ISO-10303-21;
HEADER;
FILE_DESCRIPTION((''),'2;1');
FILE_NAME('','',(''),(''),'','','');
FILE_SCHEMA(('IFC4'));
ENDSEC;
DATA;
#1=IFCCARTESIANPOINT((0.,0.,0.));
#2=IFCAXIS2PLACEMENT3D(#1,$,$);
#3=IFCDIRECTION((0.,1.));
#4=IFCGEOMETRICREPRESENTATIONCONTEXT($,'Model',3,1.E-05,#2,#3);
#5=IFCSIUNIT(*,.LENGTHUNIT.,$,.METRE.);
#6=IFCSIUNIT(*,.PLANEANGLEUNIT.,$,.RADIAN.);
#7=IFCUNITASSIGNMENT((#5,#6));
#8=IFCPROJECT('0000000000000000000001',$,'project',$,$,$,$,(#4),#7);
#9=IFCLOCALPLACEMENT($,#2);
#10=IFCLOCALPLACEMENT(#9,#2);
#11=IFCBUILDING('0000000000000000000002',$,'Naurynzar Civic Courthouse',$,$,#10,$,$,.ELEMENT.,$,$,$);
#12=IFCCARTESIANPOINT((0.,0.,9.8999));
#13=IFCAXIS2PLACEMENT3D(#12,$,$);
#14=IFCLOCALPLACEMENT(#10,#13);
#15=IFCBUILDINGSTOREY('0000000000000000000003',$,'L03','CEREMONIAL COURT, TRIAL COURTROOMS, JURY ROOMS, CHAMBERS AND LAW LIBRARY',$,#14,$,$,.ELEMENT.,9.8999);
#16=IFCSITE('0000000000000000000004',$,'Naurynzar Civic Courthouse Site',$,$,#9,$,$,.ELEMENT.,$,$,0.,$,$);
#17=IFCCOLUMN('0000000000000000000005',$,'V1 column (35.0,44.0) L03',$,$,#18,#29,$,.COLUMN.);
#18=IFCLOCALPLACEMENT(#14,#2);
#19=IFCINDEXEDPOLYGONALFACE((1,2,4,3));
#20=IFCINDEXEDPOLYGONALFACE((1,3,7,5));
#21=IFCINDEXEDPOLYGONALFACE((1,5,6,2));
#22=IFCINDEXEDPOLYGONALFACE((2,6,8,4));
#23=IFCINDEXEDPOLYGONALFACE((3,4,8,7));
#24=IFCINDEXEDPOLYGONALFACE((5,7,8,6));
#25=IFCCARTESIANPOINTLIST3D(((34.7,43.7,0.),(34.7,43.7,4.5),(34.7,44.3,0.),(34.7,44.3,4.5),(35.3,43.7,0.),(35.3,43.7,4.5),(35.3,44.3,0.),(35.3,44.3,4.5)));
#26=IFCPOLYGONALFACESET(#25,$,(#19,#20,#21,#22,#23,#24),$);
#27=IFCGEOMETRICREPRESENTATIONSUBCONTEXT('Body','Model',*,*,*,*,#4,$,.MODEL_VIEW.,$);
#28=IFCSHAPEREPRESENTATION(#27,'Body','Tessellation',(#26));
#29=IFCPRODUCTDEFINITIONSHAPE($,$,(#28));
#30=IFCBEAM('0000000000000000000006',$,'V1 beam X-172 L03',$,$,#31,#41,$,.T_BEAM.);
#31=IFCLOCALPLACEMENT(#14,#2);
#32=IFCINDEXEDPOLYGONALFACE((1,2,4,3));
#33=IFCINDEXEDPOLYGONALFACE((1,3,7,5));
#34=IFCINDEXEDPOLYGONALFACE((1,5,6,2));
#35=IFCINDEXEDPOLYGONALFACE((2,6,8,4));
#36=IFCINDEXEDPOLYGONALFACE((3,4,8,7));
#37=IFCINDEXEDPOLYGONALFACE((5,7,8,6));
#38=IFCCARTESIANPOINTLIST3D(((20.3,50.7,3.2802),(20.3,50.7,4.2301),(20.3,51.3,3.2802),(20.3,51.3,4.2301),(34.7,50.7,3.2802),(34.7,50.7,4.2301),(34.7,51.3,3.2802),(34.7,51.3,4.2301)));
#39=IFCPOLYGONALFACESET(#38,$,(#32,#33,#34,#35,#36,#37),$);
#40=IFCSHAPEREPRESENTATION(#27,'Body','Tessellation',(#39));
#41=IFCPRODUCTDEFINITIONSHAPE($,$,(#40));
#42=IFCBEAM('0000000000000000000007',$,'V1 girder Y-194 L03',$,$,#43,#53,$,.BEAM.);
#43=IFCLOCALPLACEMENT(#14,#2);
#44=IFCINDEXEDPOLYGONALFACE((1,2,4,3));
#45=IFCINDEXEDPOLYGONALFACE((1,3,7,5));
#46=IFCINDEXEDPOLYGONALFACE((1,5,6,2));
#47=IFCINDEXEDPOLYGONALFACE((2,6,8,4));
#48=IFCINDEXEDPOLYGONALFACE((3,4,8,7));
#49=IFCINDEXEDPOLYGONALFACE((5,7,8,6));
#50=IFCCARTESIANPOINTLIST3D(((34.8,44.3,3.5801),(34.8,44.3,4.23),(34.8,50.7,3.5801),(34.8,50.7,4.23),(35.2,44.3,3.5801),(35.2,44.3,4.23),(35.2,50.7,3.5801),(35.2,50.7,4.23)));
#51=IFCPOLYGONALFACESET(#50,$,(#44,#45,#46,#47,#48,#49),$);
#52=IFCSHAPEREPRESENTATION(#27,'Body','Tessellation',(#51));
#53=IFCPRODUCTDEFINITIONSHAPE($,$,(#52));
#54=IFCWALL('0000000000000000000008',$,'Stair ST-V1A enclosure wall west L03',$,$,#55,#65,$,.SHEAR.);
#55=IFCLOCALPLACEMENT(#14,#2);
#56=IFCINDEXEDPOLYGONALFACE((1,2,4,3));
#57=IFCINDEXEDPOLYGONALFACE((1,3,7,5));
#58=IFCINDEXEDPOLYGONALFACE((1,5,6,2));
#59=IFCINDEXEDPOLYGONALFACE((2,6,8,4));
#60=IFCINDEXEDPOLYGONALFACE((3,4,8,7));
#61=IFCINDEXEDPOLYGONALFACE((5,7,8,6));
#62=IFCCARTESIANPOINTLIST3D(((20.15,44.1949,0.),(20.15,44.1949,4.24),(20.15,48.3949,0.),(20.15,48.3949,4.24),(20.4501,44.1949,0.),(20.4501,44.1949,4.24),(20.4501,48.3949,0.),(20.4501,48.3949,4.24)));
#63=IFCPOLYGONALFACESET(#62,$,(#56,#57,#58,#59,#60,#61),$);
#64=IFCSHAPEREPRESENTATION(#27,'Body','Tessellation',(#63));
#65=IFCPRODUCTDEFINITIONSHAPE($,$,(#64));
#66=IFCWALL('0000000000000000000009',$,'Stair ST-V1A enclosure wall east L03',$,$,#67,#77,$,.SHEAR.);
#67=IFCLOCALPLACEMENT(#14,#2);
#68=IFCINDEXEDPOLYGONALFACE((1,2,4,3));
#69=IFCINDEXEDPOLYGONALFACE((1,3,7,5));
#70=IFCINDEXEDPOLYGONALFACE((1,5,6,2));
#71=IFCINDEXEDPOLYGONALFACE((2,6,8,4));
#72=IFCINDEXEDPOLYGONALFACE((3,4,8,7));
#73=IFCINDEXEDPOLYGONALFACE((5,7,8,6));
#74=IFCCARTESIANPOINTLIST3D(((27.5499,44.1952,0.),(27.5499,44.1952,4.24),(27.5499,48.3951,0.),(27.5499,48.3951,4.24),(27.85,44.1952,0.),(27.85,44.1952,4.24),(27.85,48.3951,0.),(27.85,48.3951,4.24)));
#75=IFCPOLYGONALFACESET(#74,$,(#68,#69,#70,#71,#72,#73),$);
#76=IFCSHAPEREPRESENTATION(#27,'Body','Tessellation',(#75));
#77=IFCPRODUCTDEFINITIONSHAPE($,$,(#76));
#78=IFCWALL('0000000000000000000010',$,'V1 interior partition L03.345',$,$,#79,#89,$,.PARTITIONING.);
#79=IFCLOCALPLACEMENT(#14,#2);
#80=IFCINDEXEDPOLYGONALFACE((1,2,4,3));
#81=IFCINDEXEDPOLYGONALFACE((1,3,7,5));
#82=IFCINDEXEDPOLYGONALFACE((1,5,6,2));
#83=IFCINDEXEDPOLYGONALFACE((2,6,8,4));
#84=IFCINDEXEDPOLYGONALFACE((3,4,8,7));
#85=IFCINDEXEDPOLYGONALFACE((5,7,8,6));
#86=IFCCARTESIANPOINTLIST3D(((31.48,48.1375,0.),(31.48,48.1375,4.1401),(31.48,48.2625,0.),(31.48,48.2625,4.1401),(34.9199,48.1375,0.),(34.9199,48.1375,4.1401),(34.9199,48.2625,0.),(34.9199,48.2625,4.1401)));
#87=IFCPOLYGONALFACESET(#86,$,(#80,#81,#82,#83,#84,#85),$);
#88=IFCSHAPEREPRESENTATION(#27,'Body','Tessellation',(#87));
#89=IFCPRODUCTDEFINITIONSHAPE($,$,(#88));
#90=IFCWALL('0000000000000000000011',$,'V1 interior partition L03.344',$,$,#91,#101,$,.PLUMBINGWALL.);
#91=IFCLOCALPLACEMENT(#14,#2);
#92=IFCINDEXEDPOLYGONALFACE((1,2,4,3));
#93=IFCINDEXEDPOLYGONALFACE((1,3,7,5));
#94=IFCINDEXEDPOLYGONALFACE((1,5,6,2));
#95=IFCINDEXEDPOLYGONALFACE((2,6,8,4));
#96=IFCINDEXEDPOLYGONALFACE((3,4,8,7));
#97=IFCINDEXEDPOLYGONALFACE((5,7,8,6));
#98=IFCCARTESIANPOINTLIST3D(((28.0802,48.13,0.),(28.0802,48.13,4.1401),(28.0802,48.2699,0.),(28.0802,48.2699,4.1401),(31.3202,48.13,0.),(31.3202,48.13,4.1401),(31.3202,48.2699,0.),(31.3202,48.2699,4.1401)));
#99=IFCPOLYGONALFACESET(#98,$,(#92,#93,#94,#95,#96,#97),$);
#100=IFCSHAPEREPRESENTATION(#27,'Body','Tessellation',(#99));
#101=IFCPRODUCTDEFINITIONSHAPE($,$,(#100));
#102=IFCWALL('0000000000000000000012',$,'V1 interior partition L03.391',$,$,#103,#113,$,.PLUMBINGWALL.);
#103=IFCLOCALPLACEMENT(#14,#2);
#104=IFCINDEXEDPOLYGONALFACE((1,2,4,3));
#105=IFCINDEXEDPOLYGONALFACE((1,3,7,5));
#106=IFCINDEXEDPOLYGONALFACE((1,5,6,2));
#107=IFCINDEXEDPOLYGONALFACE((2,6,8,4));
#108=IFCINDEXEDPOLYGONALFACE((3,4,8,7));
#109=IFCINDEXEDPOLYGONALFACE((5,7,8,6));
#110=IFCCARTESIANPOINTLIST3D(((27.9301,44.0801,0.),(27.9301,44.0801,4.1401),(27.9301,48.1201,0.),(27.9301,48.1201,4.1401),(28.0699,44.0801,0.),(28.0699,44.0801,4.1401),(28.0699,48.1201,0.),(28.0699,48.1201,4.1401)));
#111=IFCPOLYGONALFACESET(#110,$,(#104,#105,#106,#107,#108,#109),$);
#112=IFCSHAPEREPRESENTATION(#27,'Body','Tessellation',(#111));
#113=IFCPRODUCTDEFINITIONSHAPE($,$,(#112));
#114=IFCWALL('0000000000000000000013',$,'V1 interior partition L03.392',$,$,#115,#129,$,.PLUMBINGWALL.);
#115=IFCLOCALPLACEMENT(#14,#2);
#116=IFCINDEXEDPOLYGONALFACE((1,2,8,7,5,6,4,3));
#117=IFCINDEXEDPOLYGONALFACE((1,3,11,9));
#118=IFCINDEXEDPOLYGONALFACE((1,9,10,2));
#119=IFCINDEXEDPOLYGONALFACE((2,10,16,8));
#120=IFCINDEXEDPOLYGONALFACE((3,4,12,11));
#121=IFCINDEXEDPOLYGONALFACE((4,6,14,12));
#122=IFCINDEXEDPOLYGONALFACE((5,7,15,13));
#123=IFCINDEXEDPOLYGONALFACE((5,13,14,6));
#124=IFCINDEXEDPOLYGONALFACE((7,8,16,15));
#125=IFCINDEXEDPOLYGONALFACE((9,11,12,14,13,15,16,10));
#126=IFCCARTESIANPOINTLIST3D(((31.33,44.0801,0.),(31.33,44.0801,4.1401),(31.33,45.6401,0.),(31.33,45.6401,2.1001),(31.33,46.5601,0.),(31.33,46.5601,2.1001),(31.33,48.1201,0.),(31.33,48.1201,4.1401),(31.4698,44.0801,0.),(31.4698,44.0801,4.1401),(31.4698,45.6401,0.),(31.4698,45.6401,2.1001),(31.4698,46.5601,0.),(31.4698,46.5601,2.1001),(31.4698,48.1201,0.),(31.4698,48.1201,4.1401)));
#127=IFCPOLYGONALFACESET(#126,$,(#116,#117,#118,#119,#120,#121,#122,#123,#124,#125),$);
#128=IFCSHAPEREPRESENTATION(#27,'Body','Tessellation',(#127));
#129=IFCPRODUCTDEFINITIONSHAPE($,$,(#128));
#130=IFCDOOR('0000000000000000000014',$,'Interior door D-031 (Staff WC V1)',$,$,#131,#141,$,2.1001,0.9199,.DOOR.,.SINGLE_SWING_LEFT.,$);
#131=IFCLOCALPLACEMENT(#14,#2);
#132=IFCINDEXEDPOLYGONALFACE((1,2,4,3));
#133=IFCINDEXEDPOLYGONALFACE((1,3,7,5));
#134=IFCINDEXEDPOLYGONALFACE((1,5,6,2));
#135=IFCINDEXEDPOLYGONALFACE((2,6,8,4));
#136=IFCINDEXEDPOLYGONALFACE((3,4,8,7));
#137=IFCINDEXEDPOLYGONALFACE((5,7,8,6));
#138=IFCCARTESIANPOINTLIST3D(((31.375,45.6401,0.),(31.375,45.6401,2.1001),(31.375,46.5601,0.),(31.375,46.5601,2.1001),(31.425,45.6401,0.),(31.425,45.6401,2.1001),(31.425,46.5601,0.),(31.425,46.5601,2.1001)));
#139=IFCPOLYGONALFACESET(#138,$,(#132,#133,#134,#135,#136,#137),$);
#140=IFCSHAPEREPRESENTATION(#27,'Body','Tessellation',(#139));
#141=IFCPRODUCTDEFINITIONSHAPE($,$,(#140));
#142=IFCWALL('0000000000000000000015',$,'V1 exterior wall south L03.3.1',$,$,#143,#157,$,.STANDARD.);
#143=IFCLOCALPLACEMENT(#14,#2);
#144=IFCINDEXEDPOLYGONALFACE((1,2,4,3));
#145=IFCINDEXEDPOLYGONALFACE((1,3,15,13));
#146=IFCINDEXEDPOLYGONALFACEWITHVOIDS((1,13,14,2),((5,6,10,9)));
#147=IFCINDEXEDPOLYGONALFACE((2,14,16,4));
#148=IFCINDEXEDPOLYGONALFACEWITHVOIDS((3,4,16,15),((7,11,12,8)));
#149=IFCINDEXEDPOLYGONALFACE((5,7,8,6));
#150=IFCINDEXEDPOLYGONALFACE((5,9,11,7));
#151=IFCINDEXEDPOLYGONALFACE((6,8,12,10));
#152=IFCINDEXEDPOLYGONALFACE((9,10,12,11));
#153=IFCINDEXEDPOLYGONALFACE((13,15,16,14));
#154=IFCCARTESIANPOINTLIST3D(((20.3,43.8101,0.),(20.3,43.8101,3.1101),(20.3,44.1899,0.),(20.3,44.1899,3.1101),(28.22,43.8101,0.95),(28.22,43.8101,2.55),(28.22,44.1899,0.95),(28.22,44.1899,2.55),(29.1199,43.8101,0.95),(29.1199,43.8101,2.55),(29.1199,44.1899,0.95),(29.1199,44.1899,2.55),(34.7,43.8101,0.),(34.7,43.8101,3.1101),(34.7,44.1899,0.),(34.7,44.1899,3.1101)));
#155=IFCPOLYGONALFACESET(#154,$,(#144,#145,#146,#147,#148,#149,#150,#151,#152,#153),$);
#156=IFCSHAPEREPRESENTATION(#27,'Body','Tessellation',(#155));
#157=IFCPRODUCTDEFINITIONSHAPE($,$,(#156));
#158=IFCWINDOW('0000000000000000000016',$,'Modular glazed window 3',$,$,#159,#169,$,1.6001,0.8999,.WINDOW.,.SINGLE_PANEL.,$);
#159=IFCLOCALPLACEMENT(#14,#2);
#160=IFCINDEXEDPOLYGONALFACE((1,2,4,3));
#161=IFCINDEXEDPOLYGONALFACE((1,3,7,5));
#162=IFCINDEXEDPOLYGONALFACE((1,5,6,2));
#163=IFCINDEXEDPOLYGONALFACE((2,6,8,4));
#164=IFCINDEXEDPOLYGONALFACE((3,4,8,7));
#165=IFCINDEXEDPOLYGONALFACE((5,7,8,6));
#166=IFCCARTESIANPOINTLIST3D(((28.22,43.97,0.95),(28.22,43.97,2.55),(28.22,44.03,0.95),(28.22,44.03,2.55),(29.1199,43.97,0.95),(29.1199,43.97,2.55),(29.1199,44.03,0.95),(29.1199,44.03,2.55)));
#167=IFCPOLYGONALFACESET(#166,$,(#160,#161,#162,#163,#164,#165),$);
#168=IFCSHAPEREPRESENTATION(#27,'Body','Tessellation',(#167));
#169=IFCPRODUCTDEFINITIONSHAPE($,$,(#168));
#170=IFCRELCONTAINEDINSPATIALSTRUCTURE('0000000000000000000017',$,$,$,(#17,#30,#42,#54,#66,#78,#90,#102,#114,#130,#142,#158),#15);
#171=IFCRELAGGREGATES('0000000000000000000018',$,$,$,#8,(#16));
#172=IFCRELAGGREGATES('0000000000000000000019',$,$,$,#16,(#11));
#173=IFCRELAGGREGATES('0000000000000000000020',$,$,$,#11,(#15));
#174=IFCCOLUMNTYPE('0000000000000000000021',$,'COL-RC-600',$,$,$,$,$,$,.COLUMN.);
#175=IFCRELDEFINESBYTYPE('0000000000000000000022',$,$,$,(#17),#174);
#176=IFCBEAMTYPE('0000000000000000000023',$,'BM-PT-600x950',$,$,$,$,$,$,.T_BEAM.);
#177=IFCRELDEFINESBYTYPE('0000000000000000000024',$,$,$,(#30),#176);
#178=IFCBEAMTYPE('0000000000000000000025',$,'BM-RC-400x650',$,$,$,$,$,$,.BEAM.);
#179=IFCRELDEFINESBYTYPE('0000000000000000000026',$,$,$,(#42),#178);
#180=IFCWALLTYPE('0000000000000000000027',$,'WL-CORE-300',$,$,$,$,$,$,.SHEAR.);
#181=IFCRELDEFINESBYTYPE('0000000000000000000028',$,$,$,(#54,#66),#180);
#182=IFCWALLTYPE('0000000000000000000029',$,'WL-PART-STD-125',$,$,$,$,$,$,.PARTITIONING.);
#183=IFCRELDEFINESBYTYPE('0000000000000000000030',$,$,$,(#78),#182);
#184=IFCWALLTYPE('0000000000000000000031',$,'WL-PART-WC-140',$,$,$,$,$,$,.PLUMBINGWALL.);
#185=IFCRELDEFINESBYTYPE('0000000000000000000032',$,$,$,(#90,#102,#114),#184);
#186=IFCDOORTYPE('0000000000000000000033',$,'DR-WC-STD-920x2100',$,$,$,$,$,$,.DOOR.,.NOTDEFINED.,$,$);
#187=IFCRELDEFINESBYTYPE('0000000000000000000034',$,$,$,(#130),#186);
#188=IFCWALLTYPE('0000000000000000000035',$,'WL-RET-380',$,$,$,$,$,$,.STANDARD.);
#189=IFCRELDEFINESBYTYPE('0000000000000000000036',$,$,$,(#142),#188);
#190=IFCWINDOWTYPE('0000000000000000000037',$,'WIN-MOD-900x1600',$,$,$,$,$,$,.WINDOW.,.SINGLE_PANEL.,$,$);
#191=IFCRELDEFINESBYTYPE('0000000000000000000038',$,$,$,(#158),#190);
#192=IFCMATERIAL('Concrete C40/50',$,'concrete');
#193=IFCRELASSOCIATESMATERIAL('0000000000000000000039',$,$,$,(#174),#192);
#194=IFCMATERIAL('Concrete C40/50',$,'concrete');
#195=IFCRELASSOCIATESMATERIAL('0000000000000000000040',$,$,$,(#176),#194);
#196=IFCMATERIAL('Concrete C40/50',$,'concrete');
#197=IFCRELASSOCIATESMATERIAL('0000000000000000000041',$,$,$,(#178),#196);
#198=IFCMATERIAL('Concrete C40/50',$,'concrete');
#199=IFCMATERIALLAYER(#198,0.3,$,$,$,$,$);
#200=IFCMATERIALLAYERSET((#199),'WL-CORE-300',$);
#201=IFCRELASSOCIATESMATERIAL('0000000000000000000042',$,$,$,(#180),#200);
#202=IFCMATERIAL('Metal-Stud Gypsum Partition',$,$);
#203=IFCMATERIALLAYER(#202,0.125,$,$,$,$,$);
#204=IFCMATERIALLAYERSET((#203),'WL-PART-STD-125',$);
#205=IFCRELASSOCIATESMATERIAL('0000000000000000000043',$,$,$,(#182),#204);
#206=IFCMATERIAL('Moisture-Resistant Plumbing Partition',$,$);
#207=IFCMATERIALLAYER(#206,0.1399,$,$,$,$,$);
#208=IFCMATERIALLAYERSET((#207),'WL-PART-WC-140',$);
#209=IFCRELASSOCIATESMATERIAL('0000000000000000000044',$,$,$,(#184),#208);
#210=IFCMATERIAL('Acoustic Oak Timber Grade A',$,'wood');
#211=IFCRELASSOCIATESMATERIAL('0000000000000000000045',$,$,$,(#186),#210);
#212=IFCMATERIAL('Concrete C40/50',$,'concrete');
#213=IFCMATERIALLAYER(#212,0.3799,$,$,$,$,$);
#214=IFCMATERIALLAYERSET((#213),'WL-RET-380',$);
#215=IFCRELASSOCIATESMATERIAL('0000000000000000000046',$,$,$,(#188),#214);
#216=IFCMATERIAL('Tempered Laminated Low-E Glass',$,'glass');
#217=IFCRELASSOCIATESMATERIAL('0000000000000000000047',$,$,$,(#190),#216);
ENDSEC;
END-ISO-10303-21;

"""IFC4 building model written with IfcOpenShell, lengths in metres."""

from ifc_helpers import new_model, si_unit, direction, frame, frame_2d, origin, origin_2d, place, context, subcontext, project, spatial, rectangle, extrude, material, layer, layer_set, material_profile, profile_set, type_object, element, fill, save


model = new_model("IFC4")

# Units and contexts
model_context = context("Model", 3, precision=1e-05, world=origin(), true_north=direction((0.0, 1.0)))
body_context = subcontext(model_context, "Body", "Model", "MODEL_VIEW")
ifc_project = project(units=[si_unit("LENGTHUNIT", "METRE"), si_unit("PLANEANGLEUNIT", "RADIAN")], contexts=[model_context])

# Site, building, storey
site_placement = place(None, origin())
site = spatial("IfcSite", under=ifc_project, at=site_placement, Name="Naurynzar Civic Courthouse Site", CompositionType="ELEMENT", RefElevation=0.0)
building_placement = place(site_placement, origin())
building = spatial("IfcBuilding", under=site, at=building_placement, Name="Naurynzar Civic Courthouse", CompositionType="ELEMENT")
storey_placement = place(building_placement, frame((0.0, 0.0, 9.8999)))
storey = spatial("IfcBuildingStorey", under=building, at=storey_placement, Name="L03", Description="CEREMONIAL COURT, TRIAL COURTROOMS, JURY ROOMS, CHAMBERS AND LAW LIBRARY", CompositionType="ELEMENT", Elevation=9.8999)

# Column
ifc_material_1 = material(Name="Concrete C40/50", Category="concrete")
ifc_material_profile_1 = material_profile(ifc_material_1, rectangle(XDim=0.6001, YDim=0.6001, at=origin_2d()), Name="RC 600x600")
ifc_profile_set_1 = profile_set([ifc_material_profile_1], Name="Concrete C40/50")
column_type = type_object("IfcColumnType", Name="COL-RC-600", PredefinedType="COLUMN", material=ifc_profile_set_1)
column_placement = place(storey_placement, frame((35.0, 44.0, 0.0), z_axis=(0.0, 0.0, 1.0), x_axis=(1.0, 0.0, 0.0)))
element("IfcColumn", 1, at=column_placement, inside=storey, type_object=column_type, Name="V1 column (35.0,44.0) L03", PredefinedType="COLUMN", context=body_context, shape_type="SweptSolid", body=[
    extrude(rectangle(XDim=0.6001, YDim=0.6001, at=origin_2d()), origin(), (0.0, 0.0, 1.0), 4.5),
])

# Beams
ifc_material_2 = material(Name="Concrete C40/50", Category="concrete")
ifc_material_profile_2 = material_profile(ifc_material_2, rectangle(XDim=0.6001, YDim=0.95, at=origin_2d()), Name="PTB 600x950")
ifc_profile_set_2 = profile_set([ifc_material_profile_2], Name="Concrete C40/50")
beam_type_1 = type_object("IfcBeamType", Name="BM-PT-600x950", PredefinedType="T_BEAM", material=ifc_profile_set_2)
beam_1_placement = place(storey_placement, frame((20.3, 51.0, 3.7551), z_axis=(1.0, 0.0, 0.0), x_axis=(0.0, 1.0, 0.0)))
element("IfcBeam", 2, at=beam_1_placement, inside=storey, type_object=beam_type_1, Name="V1 beam X-172 L03", PredefinedType="T_BEAM", context=body_context, shape_type="SweptSolid", body=[
    extrude(rectangle(XDim=0.6001, YDim=0.95, at=origin_2d()), origin(), (0.0, 0.0, 1.0), 14.3999),
])
ifc_material_3 = material(Name="Concrete C40/50", Category="concrete")
ifc_material_profile_3 = material_profile(ifc_material_3, rectangle(XDim=0.3999, YDim=0.6499, at=origin_2d()), Name="RCB 400x650")
ifc_profile_set_3 = profile_set([ifc_material_profile_3], Name="Concrete C40/50")
beam_type_2 = type_object("IfcBeamType", Name="BM-RC-400x650", PredefinedType="BEAM", material=ifc_profile_set_3)
beam_2_placement = place(storey_placement, frame((35.0, 44.3, 3.905), z_axis=(0.0, 1.0, 0.0), x_axis=(-1.0, 0.0, 0.0)))
element("IfcBeam", 3, at=beam_2_placement, inside=storey, type_object=beam_type_2, Name="V1 girder Y-194 L03", PredefinedType="BEAM", context=body_context, shape_type="SweptSolid", body=[
    extrude(rectangle(XDim=0.3999, YDim=0.6499, at=origin_2d()), origin(), (0.0, 0.0, 1.0), 6.3999),
])

# Shared definitions
ifc_material_4 = material(Name="Concrete C40/50", Category="concrete")
ifc_layer_1 = layer(ifc_material_4, 0.3)
ifc_layer_set_1 = layer_set([ifc_layer_1], Name="WL-CORE-300")
wall_type_1 = type_object("IfcWallType", Name="WL-CORE-300", PredefinedType="SHEAR", material=ifc_layer_set_1)

# Walls
for number, where, z_axis, x_axis, name in (
    (4, (20.3, 48.395, 0.0), (0.0, 0.0, 1.0), (0.0, -1.0, 0.0), "Stair ST-V1A enclosure wall west L03"),
    (5, (27.7, 44.1951, 0.0), (0.0, 0.0, 1.0), (0.0, 1.0, 0.0), "Stair ST-V1A enclosure wall east L03"),
):
    element("IfcWall", number, at=place(storey_placement, frame(where, z_axis=z_axis, x_axis=x_axis)), inside=storey, type_object=wall_type_1, Name=name, PredefinedType="SHEAR", context=body_context, shape_type="SweptSolid", body=[
        extrude(rectangle(XDim=4.2, YDim=0.3, at=frame_2d((2.1001, 0.0))), origin(), (0.0, 0.0, 1.0), 4.24),
    ])
ifc_material_5 = material(Name="Metal-Stud Gypsum Partition")
ifc_layer_2 = layer(ifc_material_5, 0.125)
ifc_layer_set_2 = layer_set([ifc_layer_2], Name="WL-PART-STD-125")
wall_type_2 = type_object("IfcWallType", Name="WL-PART-STD-125", PredefinedType="PARTITIONING", material=ifc_layer_set_2)
wall_1_placement = place(storey_placement, frame((31.48, 48.2, 0.0), z_axis=(0.0, 0.0, 1.0), x_axis=(1.0, 0.0, 0.0)))
element("IfcWall", 6, at=wall_1_placement, inside=storey, type_object=wall_type_2, Name="V1 interior partition L03.345", PredefinedType="PARTITIONING", context=body_context, shape_type="SweptSolid", body=[
    extrude(rectangle(XDim=3.4399, YDim=0.125, at=frame_2d((1.72, 0.0))), origin(), (0.0, 0.0, 1.0), 4.1401),
])

# Walls
ifc_material_6 = material(Name="Moisture-Resistant Plumbing Partition")
ifc_layer_3 = layer(ifc_material_6, 0.1399)
ifc_layer_set_3 = layer_set([ifc_layer_3], Name="WL-PART-WC-140")
wall_type_3 = type_object("IfcWallType", Name="WL-PART-WC-140", PredefinedType="PLUMBINGWALL", material=ifc_layer_set_3)
wall_2_placement = place(storey_placement, frame((28.0801, 48.2, 0.0), z_axis=(0.0, 0.0, 1.0), x_axis=(1.0, 0.0, 0.0)))
element("IfcWall", 7, at=wall_2_placement, inside=storey, type_object=wall_type_3, Name="V1 interior partition L03.344", PredefinedType="PLUMBINGWALL", context=body_context, shape_type="SweptSolid", body=[
    extrude(rectangle(XDim=3.24, YDim=0.1399, at=frame_2d((1.6201, 0.0))), origin(), (0.0, 0.0, 1.0), 4.1401),
])
wall_3_placement = place(storey_placement, frame((28.0, 44.0801, 0.0), z_axis=(0.0, 0.0, 1.0), x_axis=(0.0, 1.0, 0.0)))
element("IfcWall", 8, at=wall_3_placement, inside=storey, type_object=wall_type_3, Name="V1 interior partition L03.391", PredefinedType="PLUMBINGWALL", context=body_context, shape_type="SweptSolid", body=[
    extrude(rectangle(XDim=4.04, YDim=0.1399, at=frame_2d((2.02, 0.0))), origin(), (0.0, 0.0, 1.0), 4.1401),
])

# Wall, opening, door
wall_4_placement = place(storey_placement, frame((31.3999, 44.0801, 0.0), z_axis=(0.0, 0.0, 1.0), x_axis=(0.0, 1.0, 0.0)))
wall_4 = element("IfcWall", 9, at=wall_4_placement, inside=storey, type_object=wall_type_3, Name="V1 interior partition L03.392", PredefinedType="PLUMBINGWALL", context=body_context, shape_type="SweptSolid", body=[
    extrude(rectangle(XDim=4.04, YDim=0.1399, at=frame_2d((2.02, 0.0))), origin(), (0.0, 0.0, 1.0), 4.1401),
])
opening_1_placement = place(wall_4_placement, frame((1.5601, 0.0, 0.0)))
opening_1 = element("IfcOpeningElement", 10, at=opening_1_placement, cuts=wall_4, PredefinedType="OPENING", context=body_context, shape_type="SweptSolid", body=[
    extrude(rectangle(XDim=0.9199, YDim=2.1001, at=frame_2d((0.46, 1.05))), frame((0.0, 0.0798, 0.0), z_axis=(0.0, -1.0, 0.0), x_axis=(1.0, 0.0, 0.0)), (0.0, 0.0, 1.0), 0.1599),
])
ifc_material_7 = material(Name="Acoustic Oak Timber Grade A", Category="wood")
door_type_1 = type_object("IfcDoorType", Name="DR-WC-STD-920x2100", OperationType="NOTDEFINED", PredefinedType="DOOR", material=ifc_material_7)
door_1_placement = place(opening_1_placement, origin())
door_1 = element("IfcDoor", 11, at=door_1_placement, inside=storey, type_object=door_type_1, Name="Interior door D-031 (Staff WC V1)", OperationType="SINGLE_SWING_LEFT", OverallHeight=2.1001, OverallWidth=0.9199, PredefinedType="DOOR", context=body_context, shape_type="SweptSolid", body=[
    extrude(rectangle(XDim=0.9199, YDim=2.1001, at=frame_2d((0.46, 1.05))), frame((0.0, 0.0249, 0.0), z_axis=(0.0, -1.0, 0.0), x_axis=(1.0, 0.0, 0.0)), (0.0, 0.0, 1.0), 0.05),
])
fill(opening_1, door_1)

# Wall, opening, window
ifc_material_8 = material(Name="Concrete C40/50", Category="concrete")
ifc_layer_4 = layer(ifc_material_8, 0.3799)
ifc_layer_set_4 = layer_set([ifc_layer_4], Name="WL-RET-380")
wall_type_4 = type_object("IfcWallType", Name="WL-RET-380", PredefinedType="STANDARD", material=ifc_layer_set_4)
wall_5_placement = place(storey_placement, frame((34.7, 44.0, 0.0), z_axis=(0.0, 0.0, 1.0), x_axis=(-1.0, 0.0, 0.0)))
wall_5 = element("IfcWall", 12, at=wall_5_placement, inside=storey, type_object=wall_type_4, Name="V1 exterior wall south L03.3.1", PredefinedType="STANDARD", context=body_context, shape_type="SweptSolid", body=[
    extrude(rectangle(XDim=14.3999, YDim=0.3799, at=frame_2d((7.2, 0.0))), origin(), (0.0, 0.0, 1.0), 3.1101),
])
opening_2_placement = place(wall_5_placement, frame((5.5801, 0.0, 0.95)))
opening_2 = element("IfcOpeningElement", 13, at=opening_2_placement, cuts=wall_5, PredefinedType="OPENING", context=body_context, shape_type="SweptSolid", body=[
    extrude(rectangle(XDim=0.8999, YDim=1.6001, at=frame_2d((0.45, 0.8))), frame((0.0, 0.2, 0.0), z_axis=(0.0, -1.0, 0.0), x_axis=(1.0, 0.0, 0.0)), (0.0, 0.0, 1.0), 0.3999),
])
ifc_material_9 = material(Name="Tempered Laminated Low-E Glass", Category="glass")
window_type = type_object("IfcWindowType", Name="WIN-MOD-900x1600", PartitioningType="SINGLE_PANEL", PredefinedType="WINDOW", material=ifc_material_9)
window_placement = place(opening_2_placement, origin())
window = element("IfcWindow", 14, at=window_placement, inside=storey, type_object=window_type, Name="Modular glazed window 3", OverallHeight=1.6001, OverallWidth=0.8999, PartitioningType="SINGLE_PANEL", PredefinedType="WINDOW", context=body_context, shape_type="SweptSolid", body=[
    extrude(rectangle(XDim=0.8999, YDim=1.6001, at=frame_2d((0.45, 0.8))), frame((0.0, 0.03, 0.0), z_axis=(0.0, -1.0, 0.0), x_axis=(1.0, 0.0, 0.0)), (0.0, 0.0, 1.0), 0.0601),
])
fill(opening_2, window)

save(model, "model.ifc")
